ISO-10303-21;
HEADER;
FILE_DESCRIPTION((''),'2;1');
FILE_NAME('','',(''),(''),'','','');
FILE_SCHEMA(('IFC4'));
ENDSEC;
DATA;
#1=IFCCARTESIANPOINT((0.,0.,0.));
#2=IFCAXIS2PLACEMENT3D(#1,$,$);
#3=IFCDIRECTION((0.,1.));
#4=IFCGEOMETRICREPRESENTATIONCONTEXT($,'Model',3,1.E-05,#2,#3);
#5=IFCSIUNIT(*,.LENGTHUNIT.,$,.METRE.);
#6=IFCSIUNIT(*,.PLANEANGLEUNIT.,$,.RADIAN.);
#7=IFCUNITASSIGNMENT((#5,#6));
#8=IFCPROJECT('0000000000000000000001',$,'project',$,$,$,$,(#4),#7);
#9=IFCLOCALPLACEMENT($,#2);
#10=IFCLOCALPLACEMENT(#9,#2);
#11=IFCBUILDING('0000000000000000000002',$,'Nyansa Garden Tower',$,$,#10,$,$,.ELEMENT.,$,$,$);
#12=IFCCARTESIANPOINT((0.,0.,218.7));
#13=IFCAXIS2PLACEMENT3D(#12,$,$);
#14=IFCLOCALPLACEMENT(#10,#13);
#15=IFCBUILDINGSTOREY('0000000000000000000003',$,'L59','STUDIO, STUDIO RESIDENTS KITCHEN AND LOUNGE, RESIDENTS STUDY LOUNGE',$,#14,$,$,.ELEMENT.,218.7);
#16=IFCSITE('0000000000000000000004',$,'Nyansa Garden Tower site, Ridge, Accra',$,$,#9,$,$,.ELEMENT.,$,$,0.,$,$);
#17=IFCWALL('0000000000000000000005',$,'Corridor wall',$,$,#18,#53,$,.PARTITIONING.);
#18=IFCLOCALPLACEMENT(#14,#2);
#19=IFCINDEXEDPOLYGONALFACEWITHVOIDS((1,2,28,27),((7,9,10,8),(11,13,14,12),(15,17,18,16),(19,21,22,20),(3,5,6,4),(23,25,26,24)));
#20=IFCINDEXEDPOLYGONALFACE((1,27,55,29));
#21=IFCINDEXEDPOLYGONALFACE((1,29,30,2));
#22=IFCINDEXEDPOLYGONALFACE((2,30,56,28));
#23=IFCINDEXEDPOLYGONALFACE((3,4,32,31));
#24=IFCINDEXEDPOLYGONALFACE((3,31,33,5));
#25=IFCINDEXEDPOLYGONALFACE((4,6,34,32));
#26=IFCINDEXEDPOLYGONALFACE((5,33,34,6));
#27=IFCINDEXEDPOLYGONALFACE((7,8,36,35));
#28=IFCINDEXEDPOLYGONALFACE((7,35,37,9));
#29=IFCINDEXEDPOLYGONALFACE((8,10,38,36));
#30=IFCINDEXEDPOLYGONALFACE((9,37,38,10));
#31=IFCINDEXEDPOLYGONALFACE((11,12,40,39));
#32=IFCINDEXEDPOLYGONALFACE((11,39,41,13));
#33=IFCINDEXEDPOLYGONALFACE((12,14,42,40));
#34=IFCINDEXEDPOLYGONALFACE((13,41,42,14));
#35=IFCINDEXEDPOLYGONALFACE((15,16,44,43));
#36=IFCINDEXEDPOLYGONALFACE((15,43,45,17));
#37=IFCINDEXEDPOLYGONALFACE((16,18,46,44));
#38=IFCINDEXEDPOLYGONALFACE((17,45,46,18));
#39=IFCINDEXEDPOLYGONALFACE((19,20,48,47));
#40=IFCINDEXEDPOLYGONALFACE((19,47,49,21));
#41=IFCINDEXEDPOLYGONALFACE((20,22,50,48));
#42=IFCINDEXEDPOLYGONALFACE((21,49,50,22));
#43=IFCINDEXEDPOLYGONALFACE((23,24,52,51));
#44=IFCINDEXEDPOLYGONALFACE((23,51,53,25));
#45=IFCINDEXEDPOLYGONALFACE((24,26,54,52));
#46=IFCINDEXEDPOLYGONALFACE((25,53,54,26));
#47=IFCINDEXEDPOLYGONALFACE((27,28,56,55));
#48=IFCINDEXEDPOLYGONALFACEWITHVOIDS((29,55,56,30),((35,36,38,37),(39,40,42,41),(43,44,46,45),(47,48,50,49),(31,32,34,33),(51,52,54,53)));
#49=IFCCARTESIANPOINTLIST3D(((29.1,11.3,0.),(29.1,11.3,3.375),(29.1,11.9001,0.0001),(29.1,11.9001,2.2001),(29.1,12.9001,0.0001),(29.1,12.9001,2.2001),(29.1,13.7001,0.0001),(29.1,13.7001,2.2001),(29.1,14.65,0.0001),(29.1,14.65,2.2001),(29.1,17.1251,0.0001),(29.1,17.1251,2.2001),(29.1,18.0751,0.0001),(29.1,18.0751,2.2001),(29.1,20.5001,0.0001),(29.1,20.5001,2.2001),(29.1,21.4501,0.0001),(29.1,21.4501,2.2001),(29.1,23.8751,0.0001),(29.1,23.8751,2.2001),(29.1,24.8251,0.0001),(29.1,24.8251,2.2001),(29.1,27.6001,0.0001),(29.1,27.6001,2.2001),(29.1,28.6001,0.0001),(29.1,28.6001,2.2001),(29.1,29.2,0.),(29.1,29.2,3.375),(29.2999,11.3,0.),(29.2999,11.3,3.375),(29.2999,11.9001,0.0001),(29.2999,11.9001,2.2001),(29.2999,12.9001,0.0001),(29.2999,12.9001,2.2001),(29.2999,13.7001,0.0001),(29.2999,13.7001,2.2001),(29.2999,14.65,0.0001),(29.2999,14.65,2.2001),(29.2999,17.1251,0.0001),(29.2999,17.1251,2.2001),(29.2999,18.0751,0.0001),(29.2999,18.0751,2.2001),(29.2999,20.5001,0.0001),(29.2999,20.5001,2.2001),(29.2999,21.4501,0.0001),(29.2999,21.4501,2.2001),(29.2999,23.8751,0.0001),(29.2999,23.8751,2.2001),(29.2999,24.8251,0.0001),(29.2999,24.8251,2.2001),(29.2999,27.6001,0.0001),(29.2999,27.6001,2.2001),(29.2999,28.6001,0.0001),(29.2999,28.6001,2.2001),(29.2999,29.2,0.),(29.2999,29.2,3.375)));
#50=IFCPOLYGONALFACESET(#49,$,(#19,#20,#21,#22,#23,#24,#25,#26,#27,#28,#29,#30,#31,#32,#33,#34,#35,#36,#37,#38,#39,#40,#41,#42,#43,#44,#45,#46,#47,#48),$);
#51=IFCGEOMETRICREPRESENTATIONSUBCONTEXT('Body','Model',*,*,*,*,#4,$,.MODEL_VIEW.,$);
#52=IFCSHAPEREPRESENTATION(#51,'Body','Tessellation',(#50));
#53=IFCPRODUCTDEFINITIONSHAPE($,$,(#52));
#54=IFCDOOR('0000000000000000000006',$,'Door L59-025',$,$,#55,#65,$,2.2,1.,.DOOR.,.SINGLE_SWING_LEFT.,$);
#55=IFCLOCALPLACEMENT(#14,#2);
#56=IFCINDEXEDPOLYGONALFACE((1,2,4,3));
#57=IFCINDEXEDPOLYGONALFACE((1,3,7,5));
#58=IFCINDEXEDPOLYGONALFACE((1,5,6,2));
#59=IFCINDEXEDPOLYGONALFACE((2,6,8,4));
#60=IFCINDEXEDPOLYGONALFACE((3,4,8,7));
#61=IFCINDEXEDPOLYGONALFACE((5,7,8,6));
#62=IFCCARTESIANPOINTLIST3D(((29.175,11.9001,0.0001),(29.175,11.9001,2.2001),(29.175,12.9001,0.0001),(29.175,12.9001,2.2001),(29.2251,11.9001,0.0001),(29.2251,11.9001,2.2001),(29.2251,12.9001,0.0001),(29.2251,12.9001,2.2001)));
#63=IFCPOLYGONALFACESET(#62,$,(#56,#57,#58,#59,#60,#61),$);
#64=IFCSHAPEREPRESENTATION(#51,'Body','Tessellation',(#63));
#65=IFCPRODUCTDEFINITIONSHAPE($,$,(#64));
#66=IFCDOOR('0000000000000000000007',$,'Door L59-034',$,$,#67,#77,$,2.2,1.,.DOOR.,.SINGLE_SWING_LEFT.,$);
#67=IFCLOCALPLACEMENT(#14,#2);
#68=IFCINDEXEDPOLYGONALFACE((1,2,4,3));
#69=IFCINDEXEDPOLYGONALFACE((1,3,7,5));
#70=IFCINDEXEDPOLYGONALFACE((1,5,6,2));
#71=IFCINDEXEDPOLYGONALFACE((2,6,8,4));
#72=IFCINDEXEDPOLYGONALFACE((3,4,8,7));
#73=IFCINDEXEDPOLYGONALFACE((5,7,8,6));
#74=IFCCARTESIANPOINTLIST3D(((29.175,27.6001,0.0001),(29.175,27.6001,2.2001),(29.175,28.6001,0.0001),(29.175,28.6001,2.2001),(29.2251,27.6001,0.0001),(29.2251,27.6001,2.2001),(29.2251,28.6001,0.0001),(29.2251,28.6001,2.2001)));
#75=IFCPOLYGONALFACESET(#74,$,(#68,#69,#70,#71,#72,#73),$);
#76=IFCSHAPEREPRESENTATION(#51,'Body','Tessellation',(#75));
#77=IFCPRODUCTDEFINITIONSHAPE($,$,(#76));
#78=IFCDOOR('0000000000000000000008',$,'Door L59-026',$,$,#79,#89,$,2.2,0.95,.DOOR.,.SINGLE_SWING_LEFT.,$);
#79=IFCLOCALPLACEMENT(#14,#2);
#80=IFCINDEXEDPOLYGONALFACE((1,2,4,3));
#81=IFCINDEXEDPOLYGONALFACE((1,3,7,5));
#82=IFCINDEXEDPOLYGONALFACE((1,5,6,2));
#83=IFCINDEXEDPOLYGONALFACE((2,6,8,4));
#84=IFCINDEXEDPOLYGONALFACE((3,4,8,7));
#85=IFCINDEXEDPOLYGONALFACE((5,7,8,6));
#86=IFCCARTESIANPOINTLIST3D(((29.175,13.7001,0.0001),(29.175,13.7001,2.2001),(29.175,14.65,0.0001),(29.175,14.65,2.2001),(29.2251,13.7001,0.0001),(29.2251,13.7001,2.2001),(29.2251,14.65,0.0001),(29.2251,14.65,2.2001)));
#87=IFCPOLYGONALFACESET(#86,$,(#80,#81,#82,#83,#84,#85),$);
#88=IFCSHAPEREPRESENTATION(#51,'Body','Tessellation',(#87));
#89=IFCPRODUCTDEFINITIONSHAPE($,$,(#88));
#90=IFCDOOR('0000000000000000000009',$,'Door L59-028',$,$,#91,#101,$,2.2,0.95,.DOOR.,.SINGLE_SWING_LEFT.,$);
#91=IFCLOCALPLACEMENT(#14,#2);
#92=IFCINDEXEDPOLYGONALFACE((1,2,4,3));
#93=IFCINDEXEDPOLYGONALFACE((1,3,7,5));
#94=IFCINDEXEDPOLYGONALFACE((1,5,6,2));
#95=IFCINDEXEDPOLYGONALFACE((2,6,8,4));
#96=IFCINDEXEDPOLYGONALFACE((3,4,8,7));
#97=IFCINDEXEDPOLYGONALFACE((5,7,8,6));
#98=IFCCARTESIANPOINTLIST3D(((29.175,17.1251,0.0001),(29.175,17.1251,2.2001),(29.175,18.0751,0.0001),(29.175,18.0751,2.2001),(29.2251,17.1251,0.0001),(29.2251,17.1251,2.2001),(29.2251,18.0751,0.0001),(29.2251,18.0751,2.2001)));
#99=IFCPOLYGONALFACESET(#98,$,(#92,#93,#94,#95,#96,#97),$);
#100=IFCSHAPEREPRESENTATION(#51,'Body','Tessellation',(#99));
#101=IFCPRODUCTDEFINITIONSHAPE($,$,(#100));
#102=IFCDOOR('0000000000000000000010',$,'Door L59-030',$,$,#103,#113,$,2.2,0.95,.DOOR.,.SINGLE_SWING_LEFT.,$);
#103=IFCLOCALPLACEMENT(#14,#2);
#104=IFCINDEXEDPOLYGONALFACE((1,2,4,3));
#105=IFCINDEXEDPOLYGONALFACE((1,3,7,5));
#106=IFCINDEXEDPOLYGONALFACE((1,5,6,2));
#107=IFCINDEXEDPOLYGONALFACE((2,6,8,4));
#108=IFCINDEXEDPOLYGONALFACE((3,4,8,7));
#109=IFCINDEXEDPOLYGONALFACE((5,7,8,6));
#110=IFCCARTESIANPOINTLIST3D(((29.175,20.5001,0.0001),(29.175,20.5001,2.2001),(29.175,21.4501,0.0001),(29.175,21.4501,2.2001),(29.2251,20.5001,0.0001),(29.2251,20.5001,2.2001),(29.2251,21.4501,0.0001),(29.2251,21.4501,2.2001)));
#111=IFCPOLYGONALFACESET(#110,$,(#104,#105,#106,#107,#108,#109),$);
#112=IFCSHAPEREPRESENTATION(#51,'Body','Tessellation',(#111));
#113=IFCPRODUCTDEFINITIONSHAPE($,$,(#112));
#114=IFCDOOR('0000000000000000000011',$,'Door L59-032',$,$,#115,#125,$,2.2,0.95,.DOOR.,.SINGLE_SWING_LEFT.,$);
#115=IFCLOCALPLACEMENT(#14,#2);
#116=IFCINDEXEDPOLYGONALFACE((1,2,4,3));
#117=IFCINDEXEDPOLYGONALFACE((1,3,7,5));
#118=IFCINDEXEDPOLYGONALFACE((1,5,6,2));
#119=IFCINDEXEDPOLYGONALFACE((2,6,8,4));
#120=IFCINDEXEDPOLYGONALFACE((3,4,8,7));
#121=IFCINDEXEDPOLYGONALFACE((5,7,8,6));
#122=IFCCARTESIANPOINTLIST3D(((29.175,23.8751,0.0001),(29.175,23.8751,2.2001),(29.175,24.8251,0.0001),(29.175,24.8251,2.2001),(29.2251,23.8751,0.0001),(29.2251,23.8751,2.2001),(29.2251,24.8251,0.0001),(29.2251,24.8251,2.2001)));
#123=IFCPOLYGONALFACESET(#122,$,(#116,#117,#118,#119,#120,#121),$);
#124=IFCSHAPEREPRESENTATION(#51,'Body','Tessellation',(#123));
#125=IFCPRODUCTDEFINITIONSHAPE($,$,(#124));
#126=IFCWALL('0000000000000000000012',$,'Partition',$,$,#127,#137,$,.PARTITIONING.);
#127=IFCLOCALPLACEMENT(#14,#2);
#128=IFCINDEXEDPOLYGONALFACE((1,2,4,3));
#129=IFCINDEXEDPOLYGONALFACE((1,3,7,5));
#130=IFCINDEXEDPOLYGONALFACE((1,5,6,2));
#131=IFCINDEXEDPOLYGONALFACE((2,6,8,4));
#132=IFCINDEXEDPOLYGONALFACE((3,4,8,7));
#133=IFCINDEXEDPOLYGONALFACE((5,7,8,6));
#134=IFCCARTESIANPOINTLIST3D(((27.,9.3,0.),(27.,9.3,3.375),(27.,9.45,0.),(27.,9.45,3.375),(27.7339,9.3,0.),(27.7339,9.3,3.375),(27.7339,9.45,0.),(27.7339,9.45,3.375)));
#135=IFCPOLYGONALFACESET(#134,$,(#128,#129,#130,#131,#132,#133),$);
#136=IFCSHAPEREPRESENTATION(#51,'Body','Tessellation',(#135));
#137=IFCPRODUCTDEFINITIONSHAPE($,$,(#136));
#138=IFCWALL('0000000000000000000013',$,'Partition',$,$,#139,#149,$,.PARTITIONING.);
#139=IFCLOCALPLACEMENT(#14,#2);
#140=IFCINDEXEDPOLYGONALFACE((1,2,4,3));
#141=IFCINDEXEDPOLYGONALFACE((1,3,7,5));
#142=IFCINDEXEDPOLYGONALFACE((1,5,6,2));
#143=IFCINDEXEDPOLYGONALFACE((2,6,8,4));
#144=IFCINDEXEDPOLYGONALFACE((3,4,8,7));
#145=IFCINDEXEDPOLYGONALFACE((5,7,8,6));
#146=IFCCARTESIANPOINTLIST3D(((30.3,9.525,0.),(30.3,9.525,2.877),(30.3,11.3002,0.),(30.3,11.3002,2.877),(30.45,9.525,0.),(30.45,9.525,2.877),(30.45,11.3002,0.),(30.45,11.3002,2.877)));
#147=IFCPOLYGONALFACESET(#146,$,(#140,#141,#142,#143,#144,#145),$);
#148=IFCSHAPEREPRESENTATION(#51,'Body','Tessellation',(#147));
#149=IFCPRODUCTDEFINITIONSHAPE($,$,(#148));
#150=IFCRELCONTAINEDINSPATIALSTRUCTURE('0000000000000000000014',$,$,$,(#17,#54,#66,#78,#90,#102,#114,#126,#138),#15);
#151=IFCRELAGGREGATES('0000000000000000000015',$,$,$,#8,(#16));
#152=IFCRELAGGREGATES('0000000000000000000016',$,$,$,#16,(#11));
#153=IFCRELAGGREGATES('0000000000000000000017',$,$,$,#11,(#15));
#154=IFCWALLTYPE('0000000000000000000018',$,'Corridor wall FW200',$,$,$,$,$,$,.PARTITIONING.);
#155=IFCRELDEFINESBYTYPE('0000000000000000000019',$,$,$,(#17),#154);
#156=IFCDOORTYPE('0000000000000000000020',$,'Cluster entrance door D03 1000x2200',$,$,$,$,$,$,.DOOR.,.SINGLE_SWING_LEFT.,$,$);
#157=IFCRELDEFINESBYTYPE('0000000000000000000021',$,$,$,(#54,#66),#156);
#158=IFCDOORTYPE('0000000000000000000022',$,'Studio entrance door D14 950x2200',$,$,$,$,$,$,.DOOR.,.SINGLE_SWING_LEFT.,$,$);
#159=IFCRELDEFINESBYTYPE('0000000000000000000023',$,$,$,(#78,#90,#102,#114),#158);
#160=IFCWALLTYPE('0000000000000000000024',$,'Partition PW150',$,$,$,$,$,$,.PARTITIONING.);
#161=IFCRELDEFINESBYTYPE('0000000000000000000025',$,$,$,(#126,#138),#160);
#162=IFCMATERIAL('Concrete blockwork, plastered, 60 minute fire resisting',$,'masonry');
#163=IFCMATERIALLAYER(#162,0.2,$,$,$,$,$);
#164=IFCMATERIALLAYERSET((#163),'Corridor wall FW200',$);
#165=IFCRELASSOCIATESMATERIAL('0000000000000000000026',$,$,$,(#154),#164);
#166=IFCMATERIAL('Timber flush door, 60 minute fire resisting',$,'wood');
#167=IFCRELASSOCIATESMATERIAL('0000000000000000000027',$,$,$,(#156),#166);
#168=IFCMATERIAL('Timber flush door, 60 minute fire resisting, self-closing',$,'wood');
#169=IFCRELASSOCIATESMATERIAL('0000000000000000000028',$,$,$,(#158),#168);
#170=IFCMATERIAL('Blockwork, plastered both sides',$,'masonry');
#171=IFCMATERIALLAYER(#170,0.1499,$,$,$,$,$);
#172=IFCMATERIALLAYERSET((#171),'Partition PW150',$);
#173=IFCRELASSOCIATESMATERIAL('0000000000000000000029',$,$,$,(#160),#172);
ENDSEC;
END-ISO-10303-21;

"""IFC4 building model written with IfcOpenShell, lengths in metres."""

from ifc_helpers import new_model, si_unit, direction, frame, frame_2d, origin, place, context, subcontext, project, spatial, rectangle, extrude, material, layer, layer_set, type_object, element, fill, save


model = new_model("IFC4")

# Units and contexts
model_context = context("Model", 3, precision=1e-05, world=origin(), true_north=direction((0.0, 1.0)))
body_context = subcontext(model_context, "Body", "Model", "MODEL_VIEW")
ifc_project = project(units=[si_unit("LENGTHUNIT", "METRE"), si_unit("PLANEANGLEUNIT", "RADIAN")], contexts=[model_context])

# Site, building, storey
site_placement = place(None, origin())
site = spatial("IfcSite", under=ifc_project, at=site_placement, Name="Nyansa Garden Tower site, Ridge, Accra", CompositionType="ELEMENT", RefElevation=0.0)
building_placement = place(site_placement, origin())
building = spatial("IfcBuilding", under=site, at=building_placement, Name="Nyansa Garden Tower", CompositionType="ELEMENT")
storey_placement = place(building_placement, frame((0.0, 0.0, 218.7)))
storey = spatial("IfcBuildingStorey", under=building, at=storey_placement, Name="L59", Description="STUDIO, STUDIO RESIDENTS KITCHEN AND LOUNGE, RESIDENTS STUDY LOUNGE", CompositionType="ELEMENT", Elevation=218.7)

# Wall, openings, doors
ifc_material_1 = material(Name="Concrete blockwork, plastered, 60 minute fire resisting", Category="masonry")
ifc_layer_1 = layer(ifc_material_1, 0.2)
ifc_layer_set_1 = layer_set([ifc_layer_1], Name="Corridor wall FW200")
wall_type_1 = type_object("IfcWallType", Name="Corridor wall FW200", PredefinedType="PARTITIONING", material=ifc_layer_set_1)
wall_1_placement = place(storey_placement, frame((29.2, 11.3, 0.0), z_axis=(0.0, 0.0, 1.0), x_axis=(0.0, 1.0, 0.0)))
wall_1 = element("IfcWall", 1, at=wall_1_placement, inside=storey, type_object=wall_type_1, Name="Corridor wall", PredefinedType="PARTITIONING", context=body_context, shape_type="SweptSolid", body=[
    extrude(rectangle(XDim=17.8999, YDim=0.2, at=frame_2d((8.95, 0.0))), origin(), (0.0, 0.0, 1.0), 3.375),
])
opening_1_placement = place(wall_1_placement, frame((0.6001, 0.0, 0.0)))
opening_1 = element("IfcOpeningElement", 2, at=opening_1_placement, cuts=wall_1, PredefinedType="OPENING", context=body_context, shape_type="SweptSolid", body=[
    extrude(rectangle(XDim=1.0, YDim=2.2, at=frame_2d((0.5, 1.1001))), frame((0.0, 0.1099, 0.0), z_axis=(0.0, -1.0, 0.0), x_axis=(1.0, 0.0, 0.0)), (0.0, 0.0, 1.0), 0.22),
])
opening_2_placement = place(wall_1_placement, frame((2.3999, 0.0, 0.0)))
opening_2 = element("IfcOpeningElement", 3, at=opening_2_placement, cuts=wall_1, PredefinedType="OPENING", context=body_context, shape_type="SweptSolid", body=[
    extrude(rectangle(XDim=0.95, YDim=2.2, at=frame_2d((0.4751, 1.1001))), frame((0.0, 0.1099, 0.0), z_axis=(0.0, -1.0, 0.0), x_axis=(1.0, 0.0, 0.0)), (0.0, 0.0, 1.0), 0.22),
])
opening_3_placement = place(wall_1_placement, frame((5.825, 0.0, 0.0)))
opening_3 = element("IfcOpeningElement", 4, at=opening_3_placement, cuts=wall_1, PredefinedType="OPENING", context=body_context, shape_type="SweptSolid", body=[
    extrude(rectangle(XDim=0.95, YDim=2.2, at=frame_2d((0.4751, 1.1001))), frame((0.0, 0.1099, 0.0), z_axis=(0.0, -1.0, 0.0), x_axis=(1.0, 0.0, 0.0)), (0.0, 0.0, 1.0), 0.22),
])
opening_4_placement = place(wall_1_placement, frame((9.2, 0.0, 0.0)))
opening_4 = element("IfcOpeningElement", 5, at=opening_4_placement, cuts=wall_1, PredefinedType="OPENING", context=body_context, shape_type="SweptSolid", body=[
    extrude(rectangle(XDim=0.95, YDim=2.2, at=frame_2d((0.4751, 1.1001))), frame((0.0, 0.1099, 0.0), z_axis=(0.0, -1.0, 0.0), x_axis=(1.0, 0.0, 0.0)), (0.0, 0.0, 1.0), 0.22),
])
opening_5_placement = place(wall_1_placement, frame((12.575, 0.0, 0.0)))
opening_5 = element("IfcOpeningElement", 6, at=opening_5_placement, cuts=wall_1, PredefinedType="OPENING", context=body_context, shape_type="SweptSolid", body=[
    extrude(rectangle(XDim=0.95, YDim=2.2, at=frame_2d((0.4751, 1.1001))), frame((0.0, 0.1099, 0.0), z_axis=(0.0, -1.0, 0.0), x_axis=(1.0, 0.0, 0.0)), (0.0, 0.0, 1.0), 0.22),
])
opening_6_placement = place(wall_1_placement, frame((16.3, 0.0, 0.0)))
opening_6 = element("IfcOpeningElement", 7, at=opening_6_placement, cuts=wall_1, PredefinedType="OPENING", context=body_context, shape_type="SweptSolid", body=[
    extrude(rectangle(XDim=1.0, YDim=2.2, at=frame_2d((0.5, 1.1001))), frame((0.0, 0.1099, 0.0), z_axis=(0.0, -1.0, 0.0), x_axis=(1.0, 0.0, 0.0)), (0.0, 0.0, 1.0), 0.22),
])
ifc_material_2 = material(Name="Timber flush door, 60 minute fire resisting", Category="wood")
door_type_1 = type_object("IfcDoorType", Name="Cluster entrance door D03 1000x2200", OperationType="SINGLE_SWING_LEFT", PredefinedType="DOOR", material=ifc_material_2)
door_1_placement = place(opening_1_placement, origin())
door_1 = element("IfcDoor", 8, at=door_1_placement, inside=storey, type_object=door_type_1, Name="Door L59-025", OperationType="SINGLE_SWING_LEFT", OverallHeight=2.2, OverallWidth=1.0, PredefinedType="DOOR", context=body_context, shape_type="SweptSolid", body=[
    extrude(rectangle(XDim=1.0, YDim=2.2, at=frame_2d((0.5, 1.1001))), frame((0.0, 0.0249, 0.0), z_axis=(0.0, -1.0, 0.0), x_axis=(1.0, 0.0, 0.0)), (0.0, 0.0, 1.0), 0.05),
])
fill(opening_1, door_1)
door_2_placement = place(opening_6_placement, origin())
door_2 = element("IfcDoor", 9, at=door_2_placement, inside=storey, type_object=door_type_1, Name="Door L59-034", OperationType="SINGLE_SWING_LEFT", OverallHeight=2.2, OverallWidth=1.0, PredefinedType="DOOR", context=body_context, shape_type="SweptSolid", body=[
    extrude(rectangle(XDim=1.0, YDim=2.2, at=frame_2d((0.5, 1.1001))), frame((0.0, 0.0249, 0.0), z_axis=(0.0, -1.0, 0.0), x_axis=(1.0, 0.0, 0.0)), (0.0, 0.0, 1.0), 0.05),
])
fill(opening_6, door_2)
ifc_material_3 = material(Name="Timber flush door, 60 minute fire resisting, self-closing", Category="wood")
door_type_2 = type_object("IfcDoorType", Name="Studio entrance door D14 950x2200", OperationType="SINGLE_SWING_LEFT", PredefinedType="DOOR", material=ifc_material_3)
door_3_placement = place(opening_2_placement, origin())
door_3 = element("IfcDoor", 10, at=door_3_placement, inside=storey, type_object=door_type_2, Name="Door L59-026", OperationType="SINGLE_SWING_LEFT", OverallHeight=2.2, OverallWidth=0.95, PredefinedType="DOOR", context=body_context, shape_type="SweptSolid", body=[
    extrude(rectangle(XDim=0.95, YDim=2.2, at=frame_2d((0.4751, 1.1001))), frame((0.0, 0.0249, 0.0), z_axis=(0.0, -1.0, 0.0), x_axis=(1.0, 0.0, 0.0)), (0.0, 0.0, 1.0), 0.05),
])
fill(opening_2, door_3)
door_4_placement = place(opening_3_placement, origin())
door_4 = element("IfcDoor", 11, at=door_4_placement, inside=storey, type_object=door_type_2, Name="Door L59-028", OperationType="SINGLE_SWING_LEFT", OverallHeight=2.2, OverallWidth=0.95, PredefinedType="DOOR", context=body_context, shape_type="SweptSolid", body=[
    extrude(rectangle(XDim=0.95, YDim=2.2, at=frame_2d((0.4751, 1.1001))), frame((0.0, 0.0249, 0.0), z_axis=(0.0, -1.0, 0.0), x_axis=(1.0, 0.0, 0.0)), (0.0, 0.0, 1.0), 0.05),
])
fill(opening_3, door_4)
door_5_placement = place(opening_4_placement, origin())
door_5 = element("IfcDoor", 12, at=door_5_placement, inside=storey, type_object=door_type_2, Name="Door L59-030", OperationType="SINGLE_SWING_LEFT", OverallHeight=2.2, OverallWidth=0.95, PredefinedType="DOOR", context=body_context, shape_type="SweptSolid", body=[
    extrude(rectangle(XDim=0.95, YDim=2.2, at=frame_2d((0.4751, 1.1001))), frame((0.0, 0.0249, 0.0), z_axis=(0.0, -1.0, 0.0), x_axis=(1.0, 0.0, 0.0)), (0.0, 0.0, 1.0), 0.05),
])
fill(opening_4, door_5)
door_6_placement = place(opening_5_placement, origin())
door_6 = element("IfcDoor", 13, at=door_6_placement, inside=storey, type_object=door_type_2, Name="Door L59-032", OperationType="SINGLE_SWING_LEFT", OverallHeight=2.2, OverallWidth=0.95, PredefinedType="DOOR", context=body_context, shape_type="SweptSolid", body=[
    extrude(rectangle(XDim=0.95, YDim=2.2, at=frame_2d((0.4751, 1.1001))), frame((0.0, 0.0249, 0.0), z_axis=(0.0, -1.0, 0.0), x_axis=(1.0, 0.0, 0.0)), (0.0, 0.0, 1.0), 0.05),
])
fill(opening_5, door_6)

# Walls
ifc_material_4 = material(Name="Blockwork, plastered both sides", Category="masonry")
ifc_layer_2 = layer(ifc_material_4, 0.1499)
ifc_layer_set_2 = layer_set([ifc_layer_2], Name="Partition PW150")
wall_type_2 = type_object("IfcWallType", Name="Partition PW150", PredefinedType="PARTITIONING", material=ifc_layer_set_2)
wall_2_placement = place(storey_placement, frame((27.0, 9.375, 0.0), z_axis=(0.0, 0.0, 1.0), x_axis=(1.0, 0.0, 0.0)))
element("IfcWall", 14, at=wall_2_placement, inside=storey, type_object=wall_type_2, Name="Partition", PredefinedType="PARTITIONING", context=body_context, shape_type="SweptSolid", body=[
    extrude(rectangle(XDim=0.7339, YDim=0.1499, at=frame_2d((0.3669, 0.0))), origin(), (0.0, 0.0, 1.0), 3.375),
])
wall_3_placement = place(storey_placement, frame((30.375, 9.5249, 0.0), z_axis=(0.0, 0.0, 1.0), x_axis=(0.0, 1.0, 0.0)))
element("IfcWall", 15, at=wall_3_placement, inside=storey, type_object=wall_type_2, Name="Partition", PredefinedType="PARTITIONING", context=body_context, shape_type="SweptSolid", body=[
    extrude(rectangle(XDim=1.7751, YDim=0.1499, at=frame_2d((0.8877, 0.0))), origin(), (0.0, 0.0, 1.0), 2.877),
])

save(model, "model.ifc")
